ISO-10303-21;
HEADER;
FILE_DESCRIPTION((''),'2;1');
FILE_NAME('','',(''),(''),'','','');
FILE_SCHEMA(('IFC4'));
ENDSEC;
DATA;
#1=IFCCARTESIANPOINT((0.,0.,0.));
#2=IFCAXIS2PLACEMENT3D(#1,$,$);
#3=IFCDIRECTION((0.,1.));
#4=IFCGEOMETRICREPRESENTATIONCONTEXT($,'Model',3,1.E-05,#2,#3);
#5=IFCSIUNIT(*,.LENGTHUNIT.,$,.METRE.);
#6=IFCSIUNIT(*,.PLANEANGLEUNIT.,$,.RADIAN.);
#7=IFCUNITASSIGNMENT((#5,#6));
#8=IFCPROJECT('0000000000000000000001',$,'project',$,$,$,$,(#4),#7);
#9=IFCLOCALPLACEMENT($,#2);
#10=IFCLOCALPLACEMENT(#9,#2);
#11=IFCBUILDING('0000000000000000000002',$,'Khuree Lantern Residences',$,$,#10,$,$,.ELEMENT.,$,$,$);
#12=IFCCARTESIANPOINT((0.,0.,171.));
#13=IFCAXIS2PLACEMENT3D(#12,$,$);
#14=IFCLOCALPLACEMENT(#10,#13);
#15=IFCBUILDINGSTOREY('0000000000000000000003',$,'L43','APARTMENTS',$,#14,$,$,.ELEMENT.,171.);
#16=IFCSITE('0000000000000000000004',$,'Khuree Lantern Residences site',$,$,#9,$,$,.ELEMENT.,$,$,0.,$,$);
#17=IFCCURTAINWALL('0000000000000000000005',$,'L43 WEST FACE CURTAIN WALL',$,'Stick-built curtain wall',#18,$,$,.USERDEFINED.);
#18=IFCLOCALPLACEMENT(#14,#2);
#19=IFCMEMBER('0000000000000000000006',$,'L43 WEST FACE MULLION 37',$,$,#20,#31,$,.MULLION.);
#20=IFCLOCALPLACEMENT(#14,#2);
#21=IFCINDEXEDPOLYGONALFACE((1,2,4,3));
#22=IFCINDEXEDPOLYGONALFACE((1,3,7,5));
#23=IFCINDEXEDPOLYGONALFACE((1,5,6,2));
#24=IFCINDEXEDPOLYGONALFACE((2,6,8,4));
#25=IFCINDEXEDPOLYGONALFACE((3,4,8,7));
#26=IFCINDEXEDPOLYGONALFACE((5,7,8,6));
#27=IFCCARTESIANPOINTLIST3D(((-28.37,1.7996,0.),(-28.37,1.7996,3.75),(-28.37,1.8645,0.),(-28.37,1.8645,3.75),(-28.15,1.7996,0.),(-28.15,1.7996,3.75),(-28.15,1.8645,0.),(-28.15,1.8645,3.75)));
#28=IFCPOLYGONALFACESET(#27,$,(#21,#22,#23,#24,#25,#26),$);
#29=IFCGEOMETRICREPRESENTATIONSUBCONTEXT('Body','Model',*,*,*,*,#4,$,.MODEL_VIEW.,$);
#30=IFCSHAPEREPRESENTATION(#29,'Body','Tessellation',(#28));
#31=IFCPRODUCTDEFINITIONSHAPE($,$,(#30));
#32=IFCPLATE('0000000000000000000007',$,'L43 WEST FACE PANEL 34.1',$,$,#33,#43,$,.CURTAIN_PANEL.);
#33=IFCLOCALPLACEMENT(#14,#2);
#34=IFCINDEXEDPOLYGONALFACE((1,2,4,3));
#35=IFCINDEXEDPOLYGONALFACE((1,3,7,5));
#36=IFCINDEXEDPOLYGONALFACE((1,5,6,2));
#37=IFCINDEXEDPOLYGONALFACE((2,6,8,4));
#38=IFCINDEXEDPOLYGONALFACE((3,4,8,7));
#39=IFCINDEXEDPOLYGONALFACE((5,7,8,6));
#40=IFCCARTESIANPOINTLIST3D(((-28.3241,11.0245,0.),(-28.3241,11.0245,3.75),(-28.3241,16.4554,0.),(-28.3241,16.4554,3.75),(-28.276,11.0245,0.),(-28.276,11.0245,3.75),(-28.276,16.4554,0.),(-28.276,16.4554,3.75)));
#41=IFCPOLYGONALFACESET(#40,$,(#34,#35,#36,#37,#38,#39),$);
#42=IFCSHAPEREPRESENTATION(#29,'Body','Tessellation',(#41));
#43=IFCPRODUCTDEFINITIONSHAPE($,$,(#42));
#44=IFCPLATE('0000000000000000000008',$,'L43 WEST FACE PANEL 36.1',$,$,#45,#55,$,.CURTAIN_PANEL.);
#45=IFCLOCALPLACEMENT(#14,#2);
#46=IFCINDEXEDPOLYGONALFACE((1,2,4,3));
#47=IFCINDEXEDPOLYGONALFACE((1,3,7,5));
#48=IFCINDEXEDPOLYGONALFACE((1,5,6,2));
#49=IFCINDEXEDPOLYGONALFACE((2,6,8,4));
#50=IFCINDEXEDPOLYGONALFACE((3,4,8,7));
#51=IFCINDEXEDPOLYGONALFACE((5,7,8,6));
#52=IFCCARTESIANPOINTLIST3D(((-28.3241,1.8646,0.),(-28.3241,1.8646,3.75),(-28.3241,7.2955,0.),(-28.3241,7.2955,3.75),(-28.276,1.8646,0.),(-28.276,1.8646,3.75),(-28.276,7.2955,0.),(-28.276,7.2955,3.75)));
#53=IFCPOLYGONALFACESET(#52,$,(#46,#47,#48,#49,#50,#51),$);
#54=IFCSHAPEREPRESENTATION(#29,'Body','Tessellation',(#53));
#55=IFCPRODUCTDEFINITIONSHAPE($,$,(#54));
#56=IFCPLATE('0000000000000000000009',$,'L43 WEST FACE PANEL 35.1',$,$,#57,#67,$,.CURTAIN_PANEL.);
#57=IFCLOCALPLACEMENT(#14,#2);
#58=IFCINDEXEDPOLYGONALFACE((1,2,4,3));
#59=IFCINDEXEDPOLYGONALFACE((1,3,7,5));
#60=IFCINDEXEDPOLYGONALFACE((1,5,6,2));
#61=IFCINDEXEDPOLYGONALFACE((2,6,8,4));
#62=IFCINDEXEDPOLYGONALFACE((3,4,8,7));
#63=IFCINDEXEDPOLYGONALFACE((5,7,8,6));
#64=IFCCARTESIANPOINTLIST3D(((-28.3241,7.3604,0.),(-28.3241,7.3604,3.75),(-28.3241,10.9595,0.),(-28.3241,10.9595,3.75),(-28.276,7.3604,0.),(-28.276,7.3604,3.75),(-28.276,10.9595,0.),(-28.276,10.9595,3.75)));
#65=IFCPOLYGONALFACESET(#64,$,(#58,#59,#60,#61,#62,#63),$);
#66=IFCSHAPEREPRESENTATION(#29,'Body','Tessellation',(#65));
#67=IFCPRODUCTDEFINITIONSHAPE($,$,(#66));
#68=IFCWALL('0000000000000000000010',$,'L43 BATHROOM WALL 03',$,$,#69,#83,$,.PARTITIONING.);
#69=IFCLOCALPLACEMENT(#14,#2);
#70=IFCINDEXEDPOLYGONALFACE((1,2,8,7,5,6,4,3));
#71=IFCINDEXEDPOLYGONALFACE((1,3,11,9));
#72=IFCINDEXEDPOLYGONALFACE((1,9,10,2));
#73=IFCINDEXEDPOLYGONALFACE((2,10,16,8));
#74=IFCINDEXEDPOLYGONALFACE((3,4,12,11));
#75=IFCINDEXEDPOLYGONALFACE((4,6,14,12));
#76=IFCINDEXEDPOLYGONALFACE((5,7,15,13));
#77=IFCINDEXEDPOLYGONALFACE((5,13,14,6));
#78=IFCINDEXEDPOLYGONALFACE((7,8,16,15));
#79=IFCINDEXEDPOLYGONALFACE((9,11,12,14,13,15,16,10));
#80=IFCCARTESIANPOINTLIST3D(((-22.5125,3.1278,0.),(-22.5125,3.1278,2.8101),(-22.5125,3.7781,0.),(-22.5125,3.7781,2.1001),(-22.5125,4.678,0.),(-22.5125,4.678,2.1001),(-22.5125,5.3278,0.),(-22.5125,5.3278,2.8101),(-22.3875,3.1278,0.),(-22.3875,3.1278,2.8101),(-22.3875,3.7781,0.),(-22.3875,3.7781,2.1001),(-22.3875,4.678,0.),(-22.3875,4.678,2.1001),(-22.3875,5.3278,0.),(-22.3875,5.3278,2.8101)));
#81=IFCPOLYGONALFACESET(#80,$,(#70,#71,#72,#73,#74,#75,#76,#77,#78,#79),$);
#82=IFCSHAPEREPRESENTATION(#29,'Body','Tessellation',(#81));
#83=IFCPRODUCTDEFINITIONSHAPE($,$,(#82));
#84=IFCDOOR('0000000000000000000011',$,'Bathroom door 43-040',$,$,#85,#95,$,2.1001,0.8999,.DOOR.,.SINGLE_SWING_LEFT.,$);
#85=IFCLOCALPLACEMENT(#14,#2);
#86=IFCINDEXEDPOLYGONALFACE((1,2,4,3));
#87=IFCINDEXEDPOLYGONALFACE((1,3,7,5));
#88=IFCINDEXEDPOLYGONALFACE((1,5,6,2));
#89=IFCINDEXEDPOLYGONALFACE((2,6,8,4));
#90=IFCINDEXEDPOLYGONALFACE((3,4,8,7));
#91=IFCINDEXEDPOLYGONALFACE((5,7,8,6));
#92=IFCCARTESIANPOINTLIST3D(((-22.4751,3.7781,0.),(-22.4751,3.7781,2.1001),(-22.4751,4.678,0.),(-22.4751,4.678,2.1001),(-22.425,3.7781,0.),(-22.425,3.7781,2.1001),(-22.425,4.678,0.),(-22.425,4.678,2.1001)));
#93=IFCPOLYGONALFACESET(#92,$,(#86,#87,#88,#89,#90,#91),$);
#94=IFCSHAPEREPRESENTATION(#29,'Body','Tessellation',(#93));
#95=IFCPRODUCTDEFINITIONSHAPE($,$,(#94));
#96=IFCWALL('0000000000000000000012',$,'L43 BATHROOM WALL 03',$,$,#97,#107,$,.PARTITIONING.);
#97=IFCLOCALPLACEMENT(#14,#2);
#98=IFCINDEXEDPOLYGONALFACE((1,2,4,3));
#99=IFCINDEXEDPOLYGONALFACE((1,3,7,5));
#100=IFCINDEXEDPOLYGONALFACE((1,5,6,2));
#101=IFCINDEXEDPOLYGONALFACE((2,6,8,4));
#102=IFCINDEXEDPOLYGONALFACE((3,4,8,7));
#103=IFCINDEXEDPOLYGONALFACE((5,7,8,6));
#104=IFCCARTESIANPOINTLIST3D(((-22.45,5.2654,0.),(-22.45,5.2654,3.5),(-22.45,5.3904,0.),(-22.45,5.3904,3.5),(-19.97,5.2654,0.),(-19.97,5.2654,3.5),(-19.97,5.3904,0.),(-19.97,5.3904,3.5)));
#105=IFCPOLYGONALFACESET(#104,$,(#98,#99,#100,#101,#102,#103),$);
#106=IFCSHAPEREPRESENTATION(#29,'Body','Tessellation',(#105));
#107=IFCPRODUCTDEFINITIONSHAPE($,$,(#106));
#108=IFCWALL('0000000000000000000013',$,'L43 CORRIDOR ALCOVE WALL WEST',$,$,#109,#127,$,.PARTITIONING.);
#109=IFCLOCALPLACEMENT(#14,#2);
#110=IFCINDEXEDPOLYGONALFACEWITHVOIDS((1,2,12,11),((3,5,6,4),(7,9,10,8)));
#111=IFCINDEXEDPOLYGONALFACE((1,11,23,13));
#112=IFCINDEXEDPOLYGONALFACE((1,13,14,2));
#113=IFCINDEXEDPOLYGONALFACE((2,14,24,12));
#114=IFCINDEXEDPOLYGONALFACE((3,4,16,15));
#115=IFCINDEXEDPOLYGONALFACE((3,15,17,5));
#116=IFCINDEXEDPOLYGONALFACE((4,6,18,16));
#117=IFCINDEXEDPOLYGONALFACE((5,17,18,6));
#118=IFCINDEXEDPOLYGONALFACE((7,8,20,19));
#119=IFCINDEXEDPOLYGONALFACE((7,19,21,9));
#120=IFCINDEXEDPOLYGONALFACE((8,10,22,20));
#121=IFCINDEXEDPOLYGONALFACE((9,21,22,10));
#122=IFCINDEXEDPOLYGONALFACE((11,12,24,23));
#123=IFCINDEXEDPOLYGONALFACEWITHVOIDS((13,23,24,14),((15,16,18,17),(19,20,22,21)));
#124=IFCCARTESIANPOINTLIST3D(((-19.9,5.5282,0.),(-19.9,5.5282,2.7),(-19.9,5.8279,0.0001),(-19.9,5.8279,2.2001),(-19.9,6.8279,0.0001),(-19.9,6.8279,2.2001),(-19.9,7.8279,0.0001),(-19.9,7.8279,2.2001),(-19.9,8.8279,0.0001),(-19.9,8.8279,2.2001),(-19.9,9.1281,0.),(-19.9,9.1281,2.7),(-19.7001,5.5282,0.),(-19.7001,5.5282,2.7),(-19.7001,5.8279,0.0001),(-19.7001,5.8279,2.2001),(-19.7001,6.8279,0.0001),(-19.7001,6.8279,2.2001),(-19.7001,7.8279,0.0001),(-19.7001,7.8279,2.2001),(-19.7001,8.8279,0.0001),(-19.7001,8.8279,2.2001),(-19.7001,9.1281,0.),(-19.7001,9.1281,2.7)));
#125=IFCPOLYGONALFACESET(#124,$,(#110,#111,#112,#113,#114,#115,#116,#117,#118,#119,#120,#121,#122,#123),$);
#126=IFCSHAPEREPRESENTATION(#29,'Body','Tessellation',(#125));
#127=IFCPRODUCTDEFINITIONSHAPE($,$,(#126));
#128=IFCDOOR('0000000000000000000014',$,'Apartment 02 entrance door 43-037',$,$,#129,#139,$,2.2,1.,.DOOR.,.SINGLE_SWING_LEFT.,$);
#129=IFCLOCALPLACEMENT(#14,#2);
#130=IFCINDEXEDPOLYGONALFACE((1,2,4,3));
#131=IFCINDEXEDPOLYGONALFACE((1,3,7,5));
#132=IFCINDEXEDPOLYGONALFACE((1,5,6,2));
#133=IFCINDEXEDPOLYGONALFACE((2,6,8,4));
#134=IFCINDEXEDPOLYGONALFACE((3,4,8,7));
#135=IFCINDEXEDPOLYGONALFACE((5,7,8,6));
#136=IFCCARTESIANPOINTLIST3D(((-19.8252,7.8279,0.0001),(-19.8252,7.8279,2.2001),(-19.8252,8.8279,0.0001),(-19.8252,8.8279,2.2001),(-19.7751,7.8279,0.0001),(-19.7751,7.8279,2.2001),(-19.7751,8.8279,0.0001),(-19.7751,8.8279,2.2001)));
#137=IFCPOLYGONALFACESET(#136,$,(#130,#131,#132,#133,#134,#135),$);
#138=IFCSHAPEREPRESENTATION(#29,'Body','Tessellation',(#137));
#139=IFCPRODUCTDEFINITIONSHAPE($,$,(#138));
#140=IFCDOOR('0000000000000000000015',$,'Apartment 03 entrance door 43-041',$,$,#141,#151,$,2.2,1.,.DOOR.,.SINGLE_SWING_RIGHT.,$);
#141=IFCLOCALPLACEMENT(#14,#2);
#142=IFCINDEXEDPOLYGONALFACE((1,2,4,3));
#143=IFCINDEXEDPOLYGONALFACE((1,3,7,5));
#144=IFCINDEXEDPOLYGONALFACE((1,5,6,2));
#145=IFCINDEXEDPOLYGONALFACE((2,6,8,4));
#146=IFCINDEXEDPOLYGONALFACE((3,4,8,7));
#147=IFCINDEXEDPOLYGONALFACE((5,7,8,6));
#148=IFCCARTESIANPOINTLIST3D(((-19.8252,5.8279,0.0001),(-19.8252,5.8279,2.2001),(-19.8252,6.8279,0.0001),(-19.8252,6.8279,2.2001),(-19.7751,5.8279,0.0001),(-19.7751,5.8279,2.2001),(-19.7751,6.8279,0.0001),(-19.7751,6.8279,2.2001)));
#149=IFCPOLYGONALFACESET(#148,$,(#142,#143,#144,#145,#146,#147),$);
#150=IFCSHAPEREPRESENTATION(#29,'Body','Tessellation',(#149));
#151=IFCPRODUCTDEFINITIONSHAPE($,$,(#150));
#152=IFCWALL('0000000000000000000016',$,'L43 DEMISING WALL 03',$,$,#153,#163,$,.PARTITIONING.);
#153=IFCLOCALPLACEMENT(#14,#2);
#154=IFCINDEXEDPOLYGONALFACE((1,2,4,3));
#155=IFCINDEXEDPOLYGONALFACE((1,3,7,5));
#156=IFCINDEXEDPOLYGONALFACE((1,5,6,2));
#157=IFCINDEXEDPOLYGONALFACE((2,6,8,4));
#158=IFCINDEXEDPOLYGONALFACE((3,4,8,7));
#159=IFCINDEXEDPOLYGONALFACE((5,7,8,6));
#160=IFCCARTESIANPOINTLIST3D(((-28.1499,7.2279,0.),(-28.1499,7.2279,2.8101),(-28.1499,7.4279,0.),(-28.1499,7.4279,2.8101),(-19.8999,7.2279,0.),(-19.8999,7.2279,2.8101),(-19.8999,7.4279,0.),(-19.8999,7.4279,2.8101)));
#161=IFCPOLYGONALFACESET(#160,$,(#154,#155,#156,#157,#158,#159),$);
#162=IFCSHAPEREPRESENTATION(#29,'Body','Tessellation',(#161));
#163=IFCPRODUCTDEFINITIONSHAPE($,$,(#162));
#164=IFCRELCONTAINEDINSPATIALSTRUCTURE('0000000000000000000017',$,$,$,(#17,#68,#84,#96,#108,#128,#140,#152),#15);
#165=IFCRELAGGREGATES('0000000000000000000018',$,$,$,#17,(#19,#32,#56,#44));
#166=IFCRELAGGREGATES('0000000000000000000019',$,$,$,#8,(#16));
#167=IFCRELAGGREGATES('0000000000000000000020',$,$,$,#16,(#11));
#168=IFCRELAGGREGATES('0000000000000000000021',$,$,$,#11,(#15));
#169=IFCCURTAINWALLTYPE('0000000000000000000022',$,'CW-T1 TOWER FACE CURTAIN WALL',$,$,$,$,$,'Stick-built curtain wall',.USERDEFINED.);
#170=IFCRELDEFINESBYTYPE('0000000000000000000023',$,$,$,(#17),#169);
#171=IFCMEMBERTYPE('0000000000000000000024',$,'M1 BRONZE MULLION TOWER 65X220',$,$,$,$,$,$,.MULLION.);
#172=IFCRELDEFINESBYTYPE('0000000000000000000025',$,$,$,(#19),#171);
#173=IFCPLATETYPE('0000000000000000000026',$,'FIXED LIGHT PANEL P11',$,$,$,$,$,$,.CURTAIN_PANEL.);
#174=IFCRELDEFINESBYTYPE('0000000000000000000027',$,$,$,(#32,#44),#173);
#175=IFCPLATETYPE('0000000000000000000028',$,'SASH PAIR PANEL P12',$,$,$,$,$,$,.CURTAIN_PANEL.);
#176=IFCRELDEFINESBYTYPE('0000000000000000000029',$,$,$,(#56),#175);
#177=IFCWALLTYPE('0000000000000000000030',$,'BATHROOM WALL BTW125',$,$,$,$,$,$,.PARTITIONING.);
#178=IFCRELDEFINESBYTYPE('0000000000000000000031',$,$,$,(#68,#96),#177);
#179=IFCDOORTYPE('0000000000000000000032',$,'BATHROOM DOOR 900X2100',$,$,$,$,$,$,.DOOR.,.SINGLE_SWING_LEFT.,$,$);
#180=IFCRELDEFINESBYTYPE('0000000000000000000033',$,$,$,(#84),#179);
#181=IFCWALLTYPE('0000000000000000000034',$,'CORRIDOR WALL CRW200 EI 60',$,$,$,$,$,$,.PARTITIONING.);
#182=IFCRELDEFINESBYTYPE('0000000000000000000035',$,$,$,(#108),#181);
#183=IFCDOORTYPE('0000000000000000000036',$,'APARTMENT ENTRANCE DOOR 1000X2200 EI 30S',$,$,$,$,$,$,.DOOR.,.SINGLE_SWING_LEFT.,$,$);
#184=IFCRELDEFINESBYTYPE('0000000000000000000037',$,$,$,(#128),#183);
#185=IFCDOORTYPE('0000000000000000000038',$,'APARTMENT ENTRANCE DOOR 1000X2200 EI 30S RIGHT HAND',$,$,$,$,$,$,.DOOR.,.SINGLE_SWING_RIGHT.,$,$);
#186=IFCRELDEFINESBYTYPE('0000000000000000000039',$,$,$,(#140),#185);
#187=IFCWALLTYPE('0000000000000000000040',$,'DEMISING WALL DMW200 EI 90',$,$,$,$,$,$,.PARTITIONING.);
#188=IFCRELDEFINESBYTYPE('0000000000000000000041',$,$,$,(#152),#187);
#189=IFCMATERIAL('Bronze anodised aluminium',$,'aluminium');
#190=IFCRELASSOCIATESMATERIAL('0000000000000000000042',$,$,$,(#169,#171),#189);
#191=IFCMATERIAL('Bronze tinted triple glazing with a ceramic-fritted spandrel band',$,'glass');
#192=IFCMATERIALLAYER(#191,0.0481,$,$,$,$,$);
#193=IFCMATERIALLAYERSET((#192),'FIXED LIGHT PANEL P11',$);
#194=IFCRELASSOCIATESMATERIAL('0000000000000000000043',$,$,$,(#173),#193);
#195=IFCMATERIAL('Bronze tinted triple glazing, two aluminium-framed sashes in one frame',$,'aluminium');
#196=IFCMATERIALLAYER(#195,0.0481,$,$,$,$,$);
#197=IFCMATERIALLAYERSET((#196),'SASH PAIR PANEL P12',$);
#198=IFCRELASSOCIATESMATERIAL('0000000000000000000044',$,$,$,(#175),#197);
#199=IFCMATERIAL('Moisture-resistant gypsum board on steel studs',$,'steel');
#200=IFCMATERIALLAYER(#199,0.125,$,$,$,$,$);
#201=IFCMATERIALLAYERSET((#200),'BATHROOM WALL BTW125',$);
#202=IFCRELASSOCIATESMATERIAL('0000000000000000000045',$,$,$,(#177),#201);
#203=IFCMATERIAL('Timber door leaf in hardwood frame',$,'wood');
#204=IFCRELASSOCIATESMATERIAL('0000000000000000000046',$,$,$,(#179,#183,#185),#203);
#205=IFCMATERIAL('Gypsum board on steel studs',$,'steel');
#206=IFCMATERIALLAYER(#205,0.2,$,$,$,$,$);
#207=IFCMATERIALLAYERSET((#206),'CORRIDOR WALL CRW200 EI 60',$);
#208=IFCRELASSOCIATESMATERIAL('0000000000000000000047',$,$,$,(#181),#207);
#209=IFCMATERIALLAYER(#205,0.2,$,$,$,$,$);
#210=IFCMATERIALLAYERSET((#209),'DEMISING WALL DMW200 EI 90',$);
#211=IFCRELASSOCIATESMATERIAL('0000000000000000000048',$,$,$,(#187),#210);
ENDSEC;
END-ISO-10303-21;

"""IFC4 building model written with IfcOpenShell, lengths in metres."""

from ifc_helpers import new_model, si_unit, direction, frame, frame_2d, origin, origin_2d, place, context, subcontext, project, spatial, rectangle, extrude, material, layer, layer_set, material_profile, profile_set, type_object, element, fill, aggregate, save


model = new_model("IFC4")

# Units and contexts
model_context = context("Model", 3, precision=1e-05, world=origin(), true_north=direction((0.0, 1.0)))
body_context = subcontext(model_context, "Body", "Model", "MODEL_VIEW")
ifc_project = project(units=[si_unit("LENGTHUNIT", "METRE"), si_unit("PLANEANGLEUNIT", "RADIAN")], contexts=[model_context])

# Site, building, storey
site_placement = place(None, origin())
site = spatial("IfcSite", under=ifc_project, at=site_placement, Name="Khuree Lantern Residences site", CompositionType="ELEMENT", RefElevation=0.0)
building_placement = place(site_placement, origin())
building = spatial("IfcBuilding", under=site, at=building_placement, Name="Khuree Lantern Residences", CompositionType="ELEMENT")
storey_placement = place(building_placement, frame((0.0, 0.0, 171.0)))
storey = spatial("IfcBuildingStorey", under=building, at=storey_placement, Name="L43", Description="APARTMENTS", CompositionType="ELEMENT", Elevation=171.0)

# Curtain wall
ifc_material_1 = material(Name="Bronze anodised aluminium", Category="aluminium")
curtain_wall_type = type_object("IfcCurtainWallType", Name="CW-T1 TOWER FACE CURTAIN WALL", ElementType="Stick-built curtain wall", PredefinedType="USERDEFINED", material=ifc_material_1)
curtain_wall_placement = place(storey_placement, origin())
curtain_wall = element("IfcCurtainWall", 1, at=curtain_wall_placement, inside=storey, type_object=curtain_wall_type, Name="L43 WEST FACE CURTAIN WALL", ObjectType="Stick-built curtain wall", PredefinedType="USERDEFINED")

# Member
ifc_material_profile_1 = material_profile(ifc_material_1, rectangle(XDim=0.0649, YDim=0.22, at=origin_2d()), Name="M1 65X220")
ifc_profile_set_1 = profile_set([ifc_material_profile_1], Name="Bronze anodised aluminium")
member_type_1 = type_object("IfcMemberType", Name="M1 BRONZE MULLION TOWER 65X220", PredefinedType="MULLION", material=ifc_profile_set_1)
member_1_placement = place(storey_placement, frame((-28.26, 1.832, 0.0), z_axis=(0.0, 0.0, 1.0), x_axis=(0.0, -1.0, 0.0)))
member_1 = element("IfcMember", 2, at=member_1_placement, type_object=member_type_1, Name="L43 WEST FACE MULLION 37", PredefinedType="MULLION", context=body_context, shape_type="SweptSolid", body=[
    extrude(rectangle(XDim=0.0649, YDim=0.22, at=origin_2d()), origin(), (0.0, 0.0, 1.0), 3.75),
])

# Plates
ifc_material_2 = material(Name="Bronze tinted triple glazing with a ceramic-fritted spandrel band", Category="glass")
ifc_layer_1 = layer(ifc_material_2, 0.0481)
ifc_layer_set_1 = layer_set([ifc_layer_1], Name="FIXED LIGHT PANEL P11")
plate_type_1 = type_object("IfcPlateType", Name="FIXED LIGHT PANEL P11", PredefinedType="CURTAIN_PANEL", material=ifc_layer_set_1)
plate_1_placement = place(storey_placement, frame((-28.3, 13.74, 0.0), z_axis=(0.0, 0.0, 1.0), x_axis=(0.0, -1.0, 0.0)))
plate_1 = element("IfcPlate", 3, at=plate_1_placement, type_object=plate_type_1, Name="L43 WEST FACE PANEL 34.1", PredefinedType="CURTAIN_PANEL", context=body_context, shape_type="SweptSolid", body=[
    extrude(rectangle(XDim=5.4309, YDim=0.0481, at=origin_2d()), origin(), (0.0, 0.0, 1.0), 3.75),
])
plate_2_placement = place(storey_placement, frame((-28.3, 4.5801, 0.0), z_axis=(0.0, 0.0, 1.0), x_axis=(0.0, -1.0, 0.0)))
plate_2 = element("IfcPlate", 4, at=plate_2_placement, type_object=plate_type_1, Name="L43 WEST FACE PANEL 36.1", PredefinedType="CURTAIN_PANEL", context=body_context, shape_type="SweptSolid", body=[
    extrude(rectangle(XDim=5.4309, YDim=0.0481, at=origin_2d()), origin(), (0.0, 0.0, 1.0), 3.75),
])
ifc_material_3 = material(Name="Bronze tinted triple glazing, two aluminium-framed sashes in one frame", Category="aluminium")
ifc_layer_2 = layer(ifc_material_3, 0.0481)
ifc_layer_set_2 = layer_set([ifc_layer_2], Name="SASH PAIR PANEL P12")
plate_type_2 = type_object("IfcPlateType", Name="SASH PAIR PANEL P12", PredefinedType="CURTAIN_PANEL", material=ifc_layer_set_2)
plate_3_placement = place(storey_placement, frame((-28.3, 9.1599, 0.0), z_axis=(0.0, 0.0, 1.0), x_axis=(0.0, -1.0, 0.0)))
plate_3 = element("IfcPlate", 5, at=plate_3_placement, type_object=plate_type_2, Name="L43 WEST FACE PANEL 35.1", PredefinedType="CURTAIN_PANEL", context=body_context, shape_type="SweptSolid", body=[
    extrude(rectangle(XDim=3.5991, YDim=0.0481, at=origin_2d()), origin(), (0.0, 0.0, 1.0), 3.75),
])
aggregate(curtain_wall, [member_1, plate_1, plate_3, plate_2])

# Wall, opening, door
ifc_material_4 = material(Name="Moisture-resistant gypsum board on steel studs", Category="steel")
ifc_layer_3 = layer(ifc_material_4, 0.125)
ifc_layer_set_3 = layer_set([ifc_layer_3], Name="BATHROOM WALL BTW125")
wall_type_1 = type_object("IfcWallType", Name="BATHROOM WALL BTW125", PredefinedType="PARTITIONING", material=ifc_layer_set_3)
wall_1_placement = place(storey_placement, frame((-22.45, 5.3279, 0.0), z_axis=(0.0, 0.0, 1.0), x_axis=(0.0, -1.0, 0.0)))
wall_1 = element("IfcWall", 6, at=wall_1_placement, inside=storey, type_object=wall_type_1, Name="L43 BATHROOM WALL 03", PredefinedType="PARTITIONING", context=body_context, shape_type="SweptSolid", body=[
    extrude(rectangle(XDim=2.2, YDim=0.125, at=frame_2d((1.1001, 0.0))), origin(), (0.0, 0.0, 1.0), 2.8101),
])
opening_1_placement = place(wall_1_placement, frame((0.6499, 0.0, 0.0)))
opening_1 = element("IfcOpeningElement", 7, at=opening_1_placement, cuts=wall_1, PredefinedType="OPENING", context=body_context, shape_type="SweptSolid", body=[
    extrude(rectangle(XDim=0.8999, YDim=2.1001, at=frame_2d((0.45, 1.05))), frame((0.0, 0.0725, 0.0), z_axis=(0.0, -1.0, 0.0), x_axis=(1.0, 0.0, 0.0)), (0.0, 0.0, 1.0), 0.145),
])
ifc_material_5 = material(Name="Timber door leaf in hardwood frame", Category="wood")
door_type_1 = type_object("IfcDoorType", Name="BATHROOM DOOR 900X2100", OperationType="SINGLE_SWING_LEFT", PredefinedType="DOOR", material=ifc_material_5)
door_1_placement = place(opening_1_placement, origin())
door_1 = element("IfcDoor", 8, at=door_1_placement, inside=storey, type_object=door_type_1, Name="Bathroom door 43-040", OperationType="SINGLE_SWING_LEFT", OverallHeight=2.1001, OverallWidth=0.8999, PredefinedType="DOOR", context=body_context, shape_type="SweptSolid", body=[
    extrude(rectangle(XDim=0.8999, YDim=2.1001, at=frame_2d((0.45, 1.05))), frame((0.0, 0.0249, 0.0), z_axis=(0.0, -1.0, 0.0), x_axis=(1.0, 0.0, 0.0)), (0.0, 0.0, 1.0), 0.05),
])
fill(opening_1, door_1)

# Wall
wall_2_placement = place(storey_placement, frame((-19.97, 5.3279, 0.0), z_axis=(0.0, 0.0, 1.0), x_axis=(-1.0, 0.0, 0.0)))
element("IfcWall", 9, at=wall_2_placement, inside=storey, type_object=wall_type_1, Name="L43 BATHROOM WALL 03", PredefinedType="PARTITIONING", context=body_context, shape_type="SweptSolid", body=[
    extrude(rectangle(XDim=2.48, YDim=0.125, at=frame_2d((1.24, 0.0))), origin(), (0.0, 0.0, 1.0), 3.5),
])

# Wall, openings, doors
ifc_material_6 = material(Name="Gypsum board on steel studs", Category="steel")
ifc_layer_4 = layer(ifc_material_6, 0.2)
ifc_layer_set_4 = layer_set([ifc_layer_4], Name="CORRIDOR WALL CRW200 EI 60")
wall_type_2 = type_object("IfcWallType", Name="CORRIDOR WALL CRW200 EI 60", PredefinedType="PARTITIONING", material=ifc_layer_set_4)
wall_3_placement = place(storey_placement, frame((-19.8, 9.1279, 0.0), z_axis=(0.0, 0.0, 1.0), x_axis=(0.0, -1.0, 0.0)))
wall_3 = element("IfcWall", 10, at=wall_3_placement, inside=storey, type_object=wall_type_2, Name="L43 CORRIDOR ALCOVE WALL WEST", PredefinedType="PARTITIONING", context=body_context, shape_type="SweptSolid", body=[
    extrude(rectangle(XDim=3.5999, YDim=0.2, at=frame_2d((1.7998, 0.0))), origin(), (0.0, 0.0, 1.0), 2.7),
])
opening_2_placement = place(wall_3_placement, frame((0.3, 0.0, 0.0)))
opening_2 = element("IfcOpeningElement", 11, at=opening_2_placement, cuts=wall_3, PredefinedType="OPENING", context=body_context, shape_type="SweptSolid", body=[
    extrude(rectangle(XDim=1.0, YDim=2.2, at=frame_2d((0.5, 1.1001))), frame((0.0, 0.1099, 0.0), z_axis=(0.0, -1.0, 0.0), x_axis=(1.0, 0.0, 0.0)), (0.0, 0.0, 1.0), 0.22),
])
opening_3_placement = place(wall_3_placement, frame((2.3, 0.0, 0.0)))
opening_3 = element("IfcOpeningElement", 12, at=opening_3_placement, cuts=wall_3, PredefinedType="OPENING", context=body_context, shape_type="SweptSolid", body=[
    extrude(rectangle(XDim=1.0, YDim=2.2, at=frame_2d((0.5, 1.1001))), frame((0.0, 0.1099, 0.0), z_axis=(0.0, -1.0, 0.0), x_axis=(1.0, 0.0, 0.0)), (0.0, 0.0, 1.0), 0.22),
])
door_type_2 = type_object("IfcDoorType", Name="APARTMENT ENTRANCE DOOR 1000X2200 EI 30S", OperationType="SINGLE_SWING_LEFT", PredefinedType="DOOR", material=ifc_material_5)
door_2_placement = place(opening_2_placement, origin())
door_2 = element("IfcDoor", 13, at=door_2_placement, inside=storey, type_object=door_type_2, Name="Apartment 02 entrance door 43-037", OperationType="SINGLE_SWING_LEFT", OverallHeight=2.2, OverallWidth=1.0, PredefinedType="DOOR", context=body_context, shape_type="SweptSolid", body=[
    extrude(rectangle(XDim=1.0, YDim=2.2, at=frame_2d((0.5, 1.1001))), frame((0.0, 0.0249, 0.0), z_axis=(0.0, -1.0, 0.0), x_axis=(1.0, 0.0, 0.0)), (0.0, 0.0, 1.0), 0.05),
])
fill(opening_2, door_2)
door_type_3 = type_object("IfcDoorType", Name="APARTMENT ENTRANCE DOOR 1000X2200 EI 30S RIGHT HAND", OperationType="SINGLE_SWING_RIGHT", PredefinedType="DOOR", material=ifc_material_5)
door_3_placement = place(opening_3_placement, origin())
door_3 = element("IfcDoor", 14, at=door_3_placement, inside=storey, type_object=door_type_3, Name="Apartment 03 entrance door 43-041", OperationType="SINGLE_SWING_RIGHT", OverallHeight=2.2, OverallWidth=1.0, PredefinedType="DOOR", context=body_context, shape_type="SweptSolid", body=[
    extrude(rectangle(XDim=1.0, YDim=2.2, at=frame_2d((0.5, 1.1001))), frame((0.0, 0.0249, 0.0), z_axis=(0.0, -1.0, 0.0), x_axis=(1.0, 0.0, 0.0)), (0.0, 0.0, 1.0), 0.05),
])
fill(opening_3, door_3)

# Wall
ifc_layer_5 = layer(ifc_material_6, 0.2)
ifc_layer_set_5 = layer_set([ifc_layer_5], Name="DEMISING WALL DMW200 EI 90")
wall_type_3 = type_object("IfcWallType", Name="DEMISING WALL DMW200 EI 90", PredefinedType="PARTITIONING", material=ifc_layer_set_5)
wall_4_placement = place(storey_placement, frame((-19.8999, 7.3279, 0.0), z_axis=(0.0, 0.0, 1.0), x_axis=(-1.0, 0.0, 0.0)))
element("IfcWall", 15, at=wall_4_placement, inside=storey, type_object=wall_type_3, Name="L43 DEMISING WALL 03", PredefinedType="PARTITIONING", context=body_context, shape_type="SweptSolid", body=[
    extrude(rectangle(XDim=8.25, YDim=0.2, at=frame_2d((4.125, 0.0))), origin(), (0.0, 0.0, 1.0), 2.8101),
])

save(model, "model.ifc")
